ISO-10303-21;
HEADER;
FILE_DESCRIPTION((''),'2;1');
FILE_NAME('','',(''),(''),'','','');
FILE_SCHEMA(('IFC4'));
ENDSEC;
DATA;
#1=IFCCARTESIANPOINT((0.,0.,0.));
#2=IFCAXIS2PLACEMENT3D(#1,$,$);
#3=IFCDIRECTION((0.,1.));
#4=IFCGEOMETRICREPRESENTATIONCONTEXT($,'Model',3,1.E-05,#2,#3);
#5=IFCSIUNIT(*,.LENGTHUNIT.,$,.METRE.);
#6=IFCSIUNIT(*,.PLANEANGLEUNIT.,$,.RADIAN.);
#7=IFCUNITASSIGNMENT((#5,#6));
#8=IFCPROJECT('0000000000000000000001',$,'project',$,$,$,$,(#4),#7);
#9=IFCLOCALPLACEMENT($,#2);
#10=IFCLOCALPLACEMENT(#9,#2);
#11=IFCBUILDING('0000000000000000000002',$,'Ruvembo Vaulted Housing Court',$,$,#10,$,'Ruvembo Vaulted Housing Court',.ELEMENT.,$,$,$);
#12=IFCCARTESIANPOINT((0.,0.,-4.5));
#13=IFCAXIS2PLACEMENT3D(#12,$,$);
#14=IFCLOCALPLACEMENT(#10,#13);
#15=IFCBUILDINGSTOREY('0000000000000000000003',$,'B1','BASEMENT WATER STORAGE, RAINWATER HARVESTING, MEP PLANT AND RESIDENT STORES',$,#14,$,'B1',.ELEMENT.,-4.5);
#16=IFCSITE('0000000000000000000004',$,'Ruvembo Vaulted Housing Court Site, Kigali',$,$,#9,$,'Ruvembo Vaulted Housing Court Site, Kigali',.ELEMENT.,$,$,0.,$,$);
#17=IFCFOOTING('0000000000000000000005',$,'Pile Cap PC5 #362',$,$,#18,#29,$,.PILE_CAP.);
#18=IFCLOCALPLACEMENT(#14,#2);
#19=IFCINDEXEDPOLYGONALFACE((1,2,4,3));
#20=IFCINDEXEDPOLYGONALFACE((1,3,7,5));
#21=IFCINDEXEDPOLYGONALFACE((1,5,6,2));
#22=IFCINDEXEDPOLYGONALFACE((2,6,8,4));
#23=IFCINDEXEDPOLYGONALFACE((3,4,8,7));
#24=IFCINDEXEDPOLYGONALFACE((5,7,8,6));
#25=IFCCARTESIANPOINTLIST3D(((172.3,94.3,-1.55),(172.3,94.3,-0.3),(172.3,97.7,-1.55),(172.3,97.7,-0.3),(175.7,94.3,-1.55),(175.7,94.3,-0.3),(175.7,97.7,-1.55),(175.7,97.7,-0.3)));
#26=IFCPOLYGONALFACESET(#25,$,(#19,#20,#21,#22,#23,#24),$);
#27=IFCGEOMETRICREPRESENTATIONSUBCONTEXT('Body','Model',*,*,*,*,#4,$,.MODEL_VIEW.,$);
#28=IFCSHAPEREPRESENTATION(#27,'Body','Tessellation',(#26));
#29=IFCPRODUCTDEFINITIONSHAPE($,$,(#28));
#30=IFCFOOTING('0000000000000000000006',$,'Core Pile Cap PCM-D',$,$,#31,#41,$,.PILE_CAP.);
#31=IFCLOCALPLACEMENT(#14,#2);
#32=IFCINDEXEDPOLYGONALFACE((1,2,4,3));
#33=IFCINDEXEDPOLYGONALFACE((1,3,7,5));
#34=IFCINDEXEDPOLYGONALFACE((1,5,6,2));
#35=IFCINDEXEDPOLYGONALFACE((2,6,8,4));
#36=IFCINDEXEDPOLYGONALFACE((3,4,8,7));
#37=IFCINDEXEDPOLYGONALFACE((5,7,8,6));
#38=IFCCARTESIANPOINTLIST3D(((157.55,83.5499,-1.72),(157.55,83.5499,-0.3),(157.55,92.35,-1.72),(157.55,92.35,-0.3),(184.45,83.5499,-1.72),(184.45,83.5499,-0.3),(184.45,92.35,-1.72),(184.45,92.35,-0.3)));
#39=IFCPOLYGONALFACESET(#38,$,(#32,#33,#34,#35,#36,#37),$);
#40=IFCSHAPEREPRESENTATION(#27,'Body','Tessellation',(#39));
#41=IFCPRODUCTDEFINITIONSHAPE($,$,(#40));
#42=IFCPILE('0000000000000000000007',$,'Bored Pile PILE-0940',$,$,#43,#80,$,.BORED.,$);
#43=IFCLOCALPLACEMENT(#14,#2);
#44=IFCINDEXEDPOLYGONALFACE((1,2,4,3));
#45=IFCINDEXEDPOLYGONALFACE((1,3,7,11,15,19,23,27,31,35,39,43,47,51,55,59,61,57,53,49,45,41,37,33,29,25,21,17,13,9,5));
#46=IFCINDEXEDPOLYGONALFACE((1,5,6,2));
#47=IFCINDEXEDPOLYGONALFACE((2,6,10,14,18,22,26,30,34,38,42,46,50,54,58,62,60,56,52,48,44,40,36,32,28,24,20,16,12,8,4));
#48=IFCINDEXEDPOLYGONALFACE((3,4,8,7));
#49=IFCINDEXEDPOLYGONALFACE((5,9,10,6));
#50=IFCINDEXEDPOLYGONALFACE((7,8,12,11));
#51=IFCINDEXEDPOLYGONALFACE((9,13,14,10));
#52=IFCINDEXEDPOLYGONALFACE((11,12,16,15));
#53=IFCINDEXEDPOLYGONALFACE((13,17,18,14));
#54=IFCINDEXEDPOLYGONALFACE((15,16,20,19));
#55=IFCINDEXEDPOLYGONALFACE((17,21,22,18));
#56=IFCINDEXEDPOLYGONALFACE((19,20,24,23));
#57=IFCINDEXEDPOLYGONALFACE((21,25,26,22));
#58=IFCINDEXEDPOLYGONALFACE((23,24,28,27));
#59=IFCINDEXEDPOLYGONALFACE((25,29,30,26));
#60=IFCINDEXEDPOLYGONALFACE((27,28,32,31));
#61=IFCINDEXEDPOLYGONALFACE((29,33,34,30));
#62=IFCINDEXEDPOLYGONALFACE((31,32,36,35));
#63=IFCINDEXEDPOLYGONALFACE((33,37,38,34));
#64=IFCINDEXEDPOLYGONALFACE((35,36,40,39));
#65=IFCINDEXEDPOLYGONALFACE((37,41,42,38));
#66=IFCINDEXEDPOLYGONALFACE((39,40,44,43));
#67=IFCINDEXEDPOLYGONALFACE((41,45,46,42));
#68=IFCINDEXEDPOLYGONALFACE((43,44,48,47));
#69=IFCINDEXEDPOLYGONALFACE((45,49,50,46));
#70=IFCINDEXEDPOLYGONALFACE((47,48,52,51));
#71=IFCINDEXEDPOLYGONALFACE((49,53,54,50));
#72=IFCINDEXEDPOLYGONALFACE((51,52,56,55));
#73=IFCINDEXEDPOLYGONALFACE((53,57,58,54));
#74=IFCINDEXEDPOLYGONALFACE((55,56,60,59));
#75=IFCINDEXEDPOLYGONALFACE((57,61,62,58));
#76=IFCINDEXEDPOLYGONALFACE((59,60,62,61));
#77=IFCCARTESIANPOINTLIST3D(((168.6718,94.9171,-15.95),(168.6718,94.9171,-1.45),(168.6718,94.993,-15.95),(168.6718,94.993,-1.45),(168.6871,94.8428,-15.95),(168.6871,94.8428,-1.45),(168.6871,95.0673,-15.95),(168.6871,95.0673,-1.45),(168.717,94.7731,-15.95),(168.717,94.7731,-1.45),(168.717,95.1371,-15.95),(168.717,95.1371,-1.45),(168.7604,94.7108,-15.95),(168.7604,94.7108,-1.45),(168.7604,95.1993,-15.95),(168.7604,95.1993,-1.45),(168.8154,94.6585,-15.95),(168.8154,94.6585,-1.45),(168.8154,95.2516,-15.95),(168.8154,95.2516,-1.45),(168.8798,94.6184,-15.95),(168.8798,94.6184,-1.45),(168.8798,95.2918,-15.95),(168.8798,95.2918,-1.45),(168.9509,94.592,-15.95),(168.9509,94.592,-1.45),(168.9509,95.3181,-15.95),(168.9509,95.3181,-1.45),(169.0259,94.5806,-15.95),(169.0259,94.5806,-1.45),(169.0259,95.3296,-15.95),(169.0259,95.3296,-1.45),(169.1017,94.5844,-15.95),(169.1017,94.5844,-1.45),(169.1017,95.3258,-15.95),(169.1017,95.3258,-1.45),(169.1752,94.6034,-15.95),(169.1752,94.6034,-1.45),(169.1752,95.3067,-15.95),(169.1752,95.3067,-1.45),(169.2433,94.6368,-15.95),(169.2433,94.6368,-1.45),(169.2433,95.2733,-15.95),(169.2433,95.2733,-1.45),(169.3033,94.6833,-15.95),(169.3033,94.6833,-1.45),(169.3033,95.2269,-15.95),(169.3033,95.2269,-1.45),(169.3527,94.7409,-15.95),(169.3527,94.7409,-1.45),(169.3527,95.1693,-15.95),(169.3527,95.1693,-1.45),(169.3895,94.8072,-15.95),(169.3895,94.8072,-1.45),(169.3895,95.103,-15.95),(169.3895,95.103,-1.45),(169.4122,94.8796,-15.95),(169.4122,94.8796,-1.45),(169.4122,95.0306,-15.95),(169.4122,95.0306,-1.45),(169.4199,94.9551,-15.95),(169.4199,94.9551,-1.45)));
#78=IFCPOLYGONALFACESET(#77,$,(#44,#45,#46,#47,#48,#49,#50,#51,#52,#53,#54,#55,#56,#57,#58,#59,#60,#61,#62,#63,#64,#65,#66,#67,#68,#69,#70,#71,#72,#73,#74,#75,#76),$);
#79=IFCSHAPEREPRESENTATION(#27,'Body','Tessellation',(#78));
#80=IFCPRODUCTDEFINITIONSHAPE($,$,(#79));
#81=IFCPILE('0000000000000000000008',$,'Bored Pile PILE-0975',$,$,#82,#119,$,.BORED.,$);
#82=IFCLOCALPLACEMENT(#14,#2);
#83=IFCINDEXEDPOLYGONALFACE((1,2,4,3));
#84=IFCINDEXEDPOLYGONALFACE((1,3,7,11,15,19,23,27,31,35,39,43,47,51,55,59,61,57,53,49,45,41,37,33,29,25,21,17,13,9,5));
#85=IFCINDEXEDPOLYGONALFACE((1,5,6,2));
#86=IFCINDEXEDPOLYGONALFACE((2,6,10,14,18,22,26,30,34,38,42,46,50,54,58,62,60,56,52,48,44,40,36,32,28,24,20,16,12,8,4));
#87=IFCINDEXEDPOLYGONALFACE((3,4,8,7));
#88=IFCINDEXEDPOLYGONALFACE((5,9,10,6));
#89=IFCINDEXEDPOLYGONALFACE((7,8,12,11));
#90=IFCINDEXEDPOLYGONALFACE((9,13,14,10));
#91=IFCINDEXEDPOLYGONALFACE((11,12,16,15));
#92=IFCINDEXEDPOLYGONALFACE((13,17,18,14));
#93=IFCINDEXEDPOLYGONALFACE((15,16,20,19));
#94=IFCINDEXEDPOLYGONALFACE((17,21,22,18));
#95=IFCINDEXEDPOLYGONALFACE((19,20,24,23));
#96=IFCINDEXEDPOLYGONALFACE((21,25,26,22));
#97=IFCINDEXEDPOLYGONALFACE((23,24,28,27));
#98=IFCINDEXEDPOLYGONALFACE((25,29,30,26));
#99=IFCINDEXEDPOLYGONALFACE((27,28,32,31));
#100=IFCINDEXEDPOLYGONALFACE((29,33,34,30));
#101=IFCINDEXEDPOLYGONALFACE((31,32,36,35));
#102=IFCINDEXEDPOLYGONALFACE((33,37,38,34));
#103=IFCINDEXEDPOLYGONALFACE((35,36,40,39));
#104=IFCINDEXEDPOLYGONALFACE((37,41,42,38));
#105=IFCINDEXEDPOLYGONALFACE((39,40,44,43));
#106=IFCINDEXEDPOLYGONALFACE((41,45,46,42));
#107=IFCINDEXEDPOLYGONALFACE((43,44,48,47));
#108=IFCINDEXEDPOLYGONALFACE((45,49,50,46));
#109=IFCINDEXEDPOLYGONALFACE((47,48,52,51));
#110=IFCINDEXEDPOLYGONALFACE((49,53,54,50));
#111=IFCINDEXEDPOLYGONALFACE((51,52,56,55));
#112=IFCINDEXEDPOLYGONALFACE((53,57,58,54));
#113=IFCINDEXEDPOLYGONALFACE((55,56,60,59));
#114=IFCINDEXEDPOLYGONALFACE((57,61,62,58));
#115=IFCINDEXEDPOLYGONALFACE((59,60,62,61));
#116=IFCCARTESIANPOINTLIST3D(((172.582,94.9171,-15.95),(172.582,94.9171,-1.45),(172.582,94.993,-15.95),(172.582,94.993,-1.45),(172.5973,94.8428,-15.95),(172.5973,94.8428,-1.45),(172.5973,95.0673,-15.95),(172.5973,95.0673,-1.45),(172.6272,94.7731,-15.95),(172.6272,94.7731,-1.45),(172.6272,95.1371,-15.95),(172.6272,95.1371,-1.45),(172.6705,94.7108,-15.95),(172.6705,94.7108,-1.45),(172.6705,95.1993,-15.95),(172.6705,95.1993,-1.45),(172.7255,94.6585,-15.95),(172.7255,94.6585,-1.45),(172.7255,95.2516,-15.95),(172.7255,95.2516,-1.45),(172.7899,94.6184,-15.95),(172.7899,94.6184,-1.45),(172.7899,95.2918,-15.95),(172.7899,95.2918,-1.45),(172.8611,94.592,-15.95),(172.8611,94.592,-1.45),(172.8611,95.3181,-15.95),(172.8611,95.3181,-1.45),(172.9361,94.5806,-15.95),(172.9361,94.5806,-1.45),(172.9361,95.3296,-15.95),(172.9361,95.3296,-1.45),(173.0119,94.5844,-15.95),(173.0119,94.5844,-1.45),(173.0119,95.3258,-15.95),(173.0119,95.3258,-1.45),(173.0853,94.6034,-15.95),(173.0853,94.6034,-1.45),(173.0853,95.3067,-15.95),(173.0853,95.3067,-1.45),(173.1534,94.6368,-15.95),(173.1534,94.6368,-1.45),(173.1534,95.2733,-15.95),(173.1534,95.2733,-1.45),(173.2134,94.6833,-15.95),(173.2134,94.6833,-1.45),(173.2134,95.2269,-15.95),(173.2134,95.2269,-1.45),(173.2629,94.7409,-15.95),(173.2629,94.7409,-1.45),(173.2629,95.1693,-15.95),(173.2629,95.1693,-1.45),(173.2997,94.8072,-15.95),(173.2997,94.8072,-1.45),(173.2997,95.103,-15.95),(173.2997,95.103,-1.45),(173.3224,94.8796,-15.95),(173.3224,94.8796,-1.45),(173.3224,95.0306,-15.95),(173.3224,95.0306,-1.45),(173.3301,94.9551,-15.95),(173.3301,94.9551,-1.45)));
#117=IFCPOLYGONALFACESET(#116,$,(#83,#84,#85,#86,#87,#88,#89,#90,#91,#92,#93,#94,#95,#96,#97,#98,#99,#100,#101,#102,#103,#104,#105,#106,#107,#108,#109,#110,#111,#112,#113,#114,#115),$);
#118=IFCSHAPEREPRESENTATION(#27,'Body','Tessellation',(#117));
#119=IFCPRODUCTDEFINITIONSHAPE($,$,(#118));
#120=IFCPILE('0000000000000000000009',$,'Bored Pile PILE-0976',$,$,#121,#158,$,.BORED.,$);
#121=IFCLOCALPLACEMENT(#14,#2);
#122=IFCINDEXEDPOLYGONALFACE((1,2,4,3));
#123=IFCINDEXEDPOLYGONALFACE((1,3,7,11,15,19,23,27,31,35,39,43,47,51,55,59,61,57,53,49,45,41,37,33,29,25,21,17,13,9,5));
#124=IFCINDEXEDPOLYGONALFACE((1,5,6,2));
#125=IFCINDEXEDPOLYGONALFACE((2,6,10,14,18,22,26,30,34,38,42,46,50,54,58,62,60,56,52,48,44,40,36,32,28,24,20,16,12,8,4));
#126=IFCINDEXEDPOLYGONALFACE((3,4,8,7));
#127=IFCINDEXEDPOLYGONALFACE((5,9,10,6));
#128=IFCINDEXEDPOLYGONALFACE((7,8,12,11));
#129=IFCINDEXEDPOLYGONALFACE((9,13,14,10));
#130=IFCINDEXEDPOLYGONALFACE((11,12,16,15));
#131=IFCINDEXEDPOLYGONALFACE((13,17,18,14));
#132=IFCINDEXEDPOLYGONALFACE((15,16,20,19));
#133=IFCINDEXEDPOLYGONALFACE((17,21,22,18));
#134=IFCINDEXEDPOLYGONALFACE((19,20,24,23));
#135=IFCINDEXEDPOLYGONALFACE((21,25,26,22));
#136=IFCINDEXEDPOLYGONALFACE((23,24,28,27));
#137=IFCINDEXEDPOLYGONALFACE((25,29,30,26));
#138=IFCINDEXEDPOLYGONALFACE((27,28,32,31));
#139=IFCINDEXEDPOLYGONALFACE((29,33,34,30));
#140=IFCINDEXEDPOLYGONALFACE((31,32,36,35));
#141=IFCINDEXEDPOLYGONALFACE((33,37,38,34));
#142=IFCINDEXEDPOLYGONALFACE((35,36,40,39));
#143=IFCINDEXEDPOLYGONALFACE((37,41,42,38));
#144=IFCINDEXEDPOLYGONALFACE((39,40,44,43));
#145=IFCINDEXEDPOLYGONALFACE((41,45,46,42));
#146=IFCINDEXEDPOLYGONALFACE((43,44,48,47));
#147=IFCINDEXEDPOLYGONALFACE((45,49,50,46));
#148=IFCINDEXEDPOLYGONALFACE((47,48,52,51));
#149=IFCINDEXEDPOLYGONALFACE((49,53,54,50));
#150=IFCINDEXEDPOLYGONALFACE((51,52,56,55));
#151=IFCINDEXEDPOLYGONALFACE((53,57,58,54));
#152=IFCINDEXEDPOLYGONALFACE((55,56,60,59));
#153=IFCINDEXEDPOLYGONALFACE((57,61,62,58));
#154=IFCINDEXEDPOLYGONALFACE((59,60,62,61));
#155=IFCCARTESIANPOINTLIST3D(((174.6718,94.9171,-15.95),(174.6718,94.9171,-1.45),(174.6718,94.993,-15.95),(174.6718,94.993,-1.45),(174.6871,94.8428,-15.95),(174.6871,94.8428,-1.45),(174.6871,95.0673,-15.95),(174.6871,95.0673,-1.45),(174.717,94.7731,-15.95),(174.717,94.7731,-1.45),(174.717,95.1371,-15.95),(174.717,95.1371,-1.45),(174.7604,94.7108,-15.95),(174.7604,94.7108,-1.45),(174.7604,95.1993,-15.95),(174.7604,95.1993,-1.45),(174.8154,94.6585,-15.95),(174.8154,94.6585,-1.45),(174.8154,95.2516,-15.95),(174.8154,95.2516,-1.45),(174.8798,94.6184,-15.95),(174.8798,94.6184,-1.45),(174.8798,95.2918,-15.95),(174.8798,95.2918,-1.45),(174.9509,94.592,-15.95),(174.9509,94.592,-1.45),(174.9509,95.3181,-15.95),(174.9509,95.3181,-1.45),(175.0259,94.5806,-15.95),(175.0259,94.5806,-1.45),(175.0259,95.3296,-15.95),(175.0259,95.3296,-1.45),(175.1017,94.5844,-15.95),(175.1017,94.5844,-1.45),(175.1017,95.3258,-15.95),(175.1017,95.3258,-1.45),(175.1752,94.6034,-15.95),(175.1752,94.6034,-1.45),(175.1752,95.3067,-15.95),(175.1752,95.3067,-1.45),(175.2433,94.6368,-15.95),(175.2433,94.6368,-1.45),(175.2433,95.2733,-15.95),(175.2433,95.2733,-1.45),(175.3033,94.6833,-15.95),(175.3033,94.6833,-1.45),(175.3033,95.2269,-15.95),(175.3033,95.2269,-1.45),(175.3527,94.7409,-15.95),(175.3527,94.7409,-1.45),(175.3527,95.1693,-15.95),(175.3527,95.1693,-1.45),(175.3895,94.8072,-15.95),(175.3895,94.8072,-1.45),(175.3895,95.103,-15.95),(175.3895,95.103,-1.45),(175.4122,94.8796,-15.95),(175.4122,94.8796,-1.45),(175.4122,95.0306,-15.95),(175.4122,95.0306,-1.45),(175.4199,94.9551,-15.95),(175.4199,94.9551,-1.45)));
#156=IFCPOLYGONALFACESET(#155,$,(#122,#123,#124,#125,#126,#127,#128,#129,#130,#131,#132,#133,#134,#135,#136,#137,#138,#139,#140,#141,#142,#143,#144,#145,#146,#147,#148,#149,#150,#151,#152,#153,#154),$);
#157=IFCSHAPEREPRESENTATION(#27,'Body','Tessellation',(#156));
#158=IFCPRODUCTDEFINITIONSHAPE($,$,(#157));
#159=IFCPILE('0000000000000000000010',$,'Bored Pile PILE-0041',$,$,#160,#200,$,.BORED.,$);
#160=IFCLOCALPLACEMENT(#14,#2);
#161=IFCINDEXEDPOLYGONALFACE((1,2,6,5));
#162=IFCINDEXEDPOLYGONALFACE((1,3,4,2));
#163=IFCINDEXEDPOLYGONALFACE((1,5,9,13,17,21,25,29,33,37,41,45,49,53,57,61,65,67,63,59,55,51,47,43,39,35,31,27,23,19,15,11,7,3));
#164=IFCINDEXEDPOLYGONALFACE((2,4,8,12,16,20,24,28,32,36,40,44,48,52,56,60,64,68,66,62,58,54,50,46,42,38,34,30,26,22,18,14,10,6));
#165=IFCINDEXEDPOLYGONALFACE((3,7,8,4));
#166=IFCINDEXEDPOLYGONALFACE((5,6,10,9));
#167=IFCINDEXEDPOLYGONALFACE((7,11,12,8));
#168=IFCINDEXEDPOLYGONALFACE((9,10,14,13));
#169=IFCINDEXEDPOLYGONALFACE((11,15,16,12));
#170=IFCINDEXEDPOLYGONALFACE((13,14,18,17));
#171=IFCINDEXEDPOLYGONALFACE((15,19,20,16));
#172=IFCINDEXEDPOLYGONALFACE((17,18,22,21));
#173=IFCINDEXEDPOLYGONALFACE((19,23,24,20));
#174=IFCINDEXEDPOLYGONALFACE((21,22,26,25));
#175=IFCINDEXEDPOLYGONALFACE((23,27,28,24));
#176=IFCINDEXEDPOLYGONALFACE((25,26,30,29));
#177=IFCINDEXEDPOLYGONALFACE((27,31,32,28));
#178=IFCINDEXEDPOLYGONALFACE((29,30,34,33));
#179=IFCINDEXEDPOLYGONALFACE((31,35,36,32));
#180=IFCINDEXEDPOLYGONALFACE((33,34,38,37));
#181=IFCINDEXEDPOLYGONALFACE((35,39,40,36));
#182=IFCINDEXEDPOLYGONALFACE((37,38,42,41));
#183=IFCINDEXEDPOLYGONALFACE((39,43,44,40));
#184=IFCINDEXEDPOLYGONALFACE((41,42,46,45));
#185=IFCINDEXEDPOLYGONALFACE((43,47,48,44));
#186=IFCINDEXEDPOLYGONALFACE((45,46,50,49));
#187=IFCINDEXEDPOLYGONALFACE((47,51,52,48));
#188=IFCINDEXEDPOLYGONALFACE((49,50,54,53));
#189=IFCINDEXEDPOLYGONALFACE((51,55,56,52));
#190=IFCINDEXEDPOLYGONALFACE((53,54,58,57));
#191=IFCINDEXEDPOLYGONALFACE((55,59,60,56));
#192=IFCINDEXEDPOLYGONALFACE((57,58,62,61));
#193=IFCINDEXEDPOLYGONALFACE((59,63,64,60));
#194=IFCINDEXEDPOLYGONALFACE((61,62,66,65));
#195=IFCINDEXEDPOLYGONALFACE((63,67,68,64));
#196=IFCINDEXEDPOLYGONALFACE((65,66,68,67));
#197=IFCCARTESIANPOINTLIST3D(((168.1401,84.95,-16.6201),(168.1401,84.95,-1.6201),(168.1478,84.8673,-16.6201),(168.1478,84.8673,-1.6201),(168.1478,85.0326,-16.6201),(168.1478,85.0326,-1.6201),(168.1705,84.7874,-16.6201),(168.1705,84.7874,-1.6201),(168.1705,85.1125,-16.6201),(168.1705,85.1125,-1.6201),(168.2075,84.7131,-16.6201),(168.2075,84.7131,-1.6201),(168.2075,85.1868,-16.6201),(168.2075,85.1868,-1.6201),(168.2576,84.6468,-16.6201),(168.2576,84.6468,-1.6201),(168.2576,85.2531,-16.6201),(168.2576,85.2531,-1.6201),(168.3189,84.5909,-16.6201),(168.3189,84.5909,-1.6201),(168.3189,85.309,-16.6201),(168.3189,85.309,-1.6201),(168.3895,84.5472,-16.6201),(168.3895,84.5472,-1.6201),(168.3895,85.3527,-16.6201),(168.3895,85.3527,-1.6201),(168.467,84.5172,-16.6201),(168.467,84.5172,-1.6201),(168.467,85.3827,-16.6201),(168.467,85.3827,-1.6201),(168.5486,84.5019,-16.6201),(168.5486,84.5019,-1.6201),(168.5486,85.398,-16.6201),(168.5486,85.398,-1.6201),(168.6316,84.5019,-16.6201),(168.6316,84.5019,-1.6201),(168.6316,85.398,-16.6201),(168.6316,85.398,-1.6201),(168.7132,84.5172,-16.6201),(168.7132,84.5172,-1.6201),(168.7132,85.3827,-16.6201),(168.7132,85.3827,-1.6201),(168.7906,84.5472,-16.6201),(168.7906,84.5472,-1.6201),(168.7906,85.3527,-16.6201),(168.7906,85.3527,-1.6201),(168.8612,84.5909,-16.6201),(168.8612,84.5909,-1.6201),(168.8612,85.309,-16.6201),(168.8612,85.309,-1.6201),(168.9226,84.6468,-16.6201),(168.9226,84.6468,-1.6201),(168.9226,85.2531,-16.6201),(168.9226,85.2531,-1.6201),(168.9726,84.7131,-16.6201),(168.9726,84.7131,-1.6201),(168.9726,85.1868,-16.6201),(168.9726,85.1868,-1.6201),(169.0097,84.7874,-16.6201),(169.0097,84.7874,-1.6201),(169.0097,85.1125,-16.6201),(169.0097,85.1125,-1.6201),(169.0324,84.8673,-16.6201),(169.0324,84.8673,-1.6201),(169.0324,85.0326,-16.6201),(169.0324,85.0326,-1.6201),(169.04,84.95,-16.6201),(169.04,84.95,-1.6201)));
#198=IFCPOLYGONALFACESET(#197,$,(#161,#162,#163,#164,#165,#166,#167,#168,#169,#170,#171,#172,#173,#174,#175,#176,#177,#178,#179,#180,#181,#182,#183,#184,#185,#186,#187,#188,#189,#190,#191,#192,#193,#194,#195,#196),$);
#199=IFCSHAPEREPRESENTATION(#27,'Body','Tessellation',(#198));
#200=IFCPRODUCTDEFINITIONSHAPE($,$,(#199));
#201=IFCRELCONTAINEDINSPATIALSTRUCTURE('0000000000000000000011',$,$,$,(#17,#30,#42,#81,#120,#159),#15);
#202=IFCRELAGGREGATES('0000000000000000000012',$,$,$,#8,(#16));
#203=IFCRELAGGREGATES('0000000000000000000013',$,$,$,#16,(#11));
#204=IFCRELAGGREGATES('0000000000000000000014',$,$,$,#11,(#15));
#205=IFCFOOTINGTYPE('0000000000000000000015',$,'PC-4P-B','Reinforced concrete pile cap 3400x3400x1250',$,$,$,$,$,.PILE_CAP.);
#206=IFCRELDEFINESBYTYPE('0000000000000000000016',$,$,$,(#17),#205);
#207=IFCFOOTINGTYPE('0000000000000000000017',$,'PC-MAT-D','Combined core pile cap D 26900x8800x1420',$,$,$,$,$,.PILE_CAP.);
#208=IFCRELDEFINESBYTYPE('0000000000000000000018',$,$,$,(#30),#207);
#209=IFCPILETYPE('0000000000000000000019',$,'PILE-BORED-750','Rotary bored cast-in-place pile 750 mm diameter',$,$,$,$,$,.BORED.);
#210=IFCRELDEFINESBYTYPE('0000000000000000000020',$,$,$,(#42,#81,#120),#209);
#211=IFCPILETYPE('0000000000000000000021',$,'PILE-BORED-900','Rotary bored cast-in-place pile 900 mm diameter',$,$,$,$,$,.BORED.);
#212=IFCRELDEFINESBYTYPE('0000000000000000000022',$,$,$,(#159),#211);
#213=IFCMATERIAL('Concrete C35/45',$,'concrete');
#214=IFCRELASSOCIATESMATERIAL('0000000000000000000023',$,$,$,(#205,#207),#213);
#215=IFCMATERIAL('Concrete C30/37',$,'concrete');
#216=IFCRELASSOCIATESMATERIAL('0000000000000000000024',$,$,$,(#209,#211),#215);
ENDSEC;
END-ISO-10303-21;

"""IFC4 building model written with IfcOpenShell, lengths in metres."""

from ifc_helpers import new_model, si_unit, direction, frame, origin, origin_2d, place, context, subcontext, project, spatial, rectangle, circle, extrude, material, material_profile, profile_set, type_object, element, save


model = new_model("IFC4")

# Units and contexts
model_context = context("Model", 3, precision=1e-05, world=origin(), true_north=direction((0.0, 1.0)))
body_context = subcontext(model_context, "Body", "Model", "MODEL_VIEW")
ifc_project = project(units=[si_unit("LENGTHUNIT", "METRE"), si_unit("PLANEANGLEUNIT", "RADIAN")], contexts=[model_context])

# Site, building, storey
site_placement = place(None, origin())
site = spatial("IfcSite", under=ifc_project, at=site_placement, Name="Ruvembo Vaulted Housing Court Site, Kigali", LongName="Ruvembo Vaulted Housing Court Site, Kigali", CompositionType="ELEMENT", RefElevation=0.0)
building_placement = place(site_placement, origin())
building = spatial("IfcBuilding", under=site, at=building_placement, Name="Ruvembo Vaulted Housing Court", LongName="Ruvembo Vaulted Housing Court", CompositionType="ELEMENT")
storey_placement = place(building_placement, frame((0.0, 0.0, -4.5)))
storey = spatial("IfcBuildingStorey", under=building, at=storey_placement, Name="B1", Description="BASEMENT WATER STORAGE, RAINWATER HARVESTING, MEP PLANT AND RESIDENT STORES", LongName="B1", CompositionType="ELEMENT", Elevation=-4.5)

# Footings
ifc_material_1 = material(Name="Concrete C35/45", Category="concrete")
footing_type_1 = type_object("IfcFootingType", Name="PC-4P-B", Description="Reinforced concrete pile cap 3400x3400x1250", PredefinedType="PILE_CAP", material=ifc_material_1)
footing_1_placement = place(storey_placement, frame((174.0, 96.0, -1.55), z_axis=(0.0, 0.0, 1.0), x_axis=(1.0, 0.0, 0.0)))
element("IfcFooting", 1, at=footing_1_placement, inside=storey, type_object=footing_type_1, Name="Pile Cap PC5 #362", PredefinedType="PILE_CAP", context=body_context, shape_type="SweptSolid", body=[
    extrude(rectangle(XDim=3.3999, YDim=3.3999, at=origin_2d()), origin(), (0.0, 0.0, 1.0), 1.25),
])
footing_type_2 = type_object("IfcFootingType", Name="PC-MAT-D", Description="Combined core pile cap D 26900x8800x1420", PredefinedType="PILE_CAP", material=ifc_material_1)
footing_2_placement = place(storey_placement, frame((171.0, 87.95, -1.72), z_axis=(0.0, 0.0, 1.0), x_axis=(1.0, 0.0, 0.0)))
element("IfcFooting", 2, at=footing_2_placement, inside=storey, type_object=footing_type_2, Name="Core Pile Cap PCM-D", PredefinedType="PILE_CAP", context=body_context, shape_type="SweptSolid", body=[
    extrude(rectangle(XDim=26.8999, YDim=8.8, at=origin_2d()), origin(), (0.0, 0.0, 1.0), 1.4199),
])

# Piles
ifc_material_2 = material(Name="Concrete C30/37", Category="concrete")
ifc_material_profile_1 = material_profile(ifc_material_2, circle(Radius=0.375, at=origin_2d()), Name="PILE D750")
ifc_profile_set_1 = profile_set([ifc_material_profile_1], Name="Concrete C30/37")
pile_type_1 = type_object("IfcPileType", Name="PILE-BORED-750", Description="Rotary bored cast-in-place pile 750 mm diameter", PredefinedType="BORED", material=ifc_profile_set_1)
for number, where, z_axis, x_axis, name in (
    (3, (169.0449, 94.9551, -1.45), (0.0, 0.0, -1.0), (1.0, 0.0, 0.0), "Bored Pile PILE-0940"),
    (4, (172.9551, 94.9551, -1.45), (0.0, 0.0, -1.0), (1.0, 0.0, 0.0), "Bored Pile PILE-0975"),
    (5, (175.0449, 94.9551, -1.45), (0.0, 0.0, -1.0), (1.0, 0.0, 0.0), "Bored Pile PILE-0976"),
):
    element("IfcPile", number, at=place(storey_placement, frame(where, z_axis=z_axis, x_axis=x_axis)), inside=storey, type_object=pile_type_1, Name=name, PredefinedType="BORED", context=body_context, shape_type="SweptSolid", body=[
        extrude(circle(Radius=0.375, at=origin_2d()), origin(), (0.0, 0.0, 1.0), 14.5),
    ])
ifc_material_profile_2 = material_profile(ifc_material_2, circle(Radius=0.45, at=origin_2d()), Name="PILE D900")
ifc_profile_set_2 = profile_set([ifc_material_profile_2], Name="Concrete C30/37")
pile_type_2 = type_object("IfcPileType", Name="PILE-BORED-900", Description="Rotary bored cast-in-place pile 900 mm diameter", PredefinedType="BORED", material=ifc_profile_set_2)
for number, where, z_axis, x_axis, name in (
    (6, (168.5901, 84.95, -1.6201), (0.0, 0.0, -1.0), (1.0, 0.0, 0.0), "Bored Pile PILE-0041"),
):
    element("IfcPile", number, at=place(storey_placement, frame(where, z_axis=z_axis, x_axis=x_axis)), inside=storey, type_object=pile_type_2, Name=name, PredefinedType="BORED", context=body_context, shape_type="SweptSolid", body=[
        extrude(circle(Radius=0.45, at=origin_2d()), origin(), (0.0, 0.0, 1.0), 15.0),
    ])

save(model, "model.ifc")
